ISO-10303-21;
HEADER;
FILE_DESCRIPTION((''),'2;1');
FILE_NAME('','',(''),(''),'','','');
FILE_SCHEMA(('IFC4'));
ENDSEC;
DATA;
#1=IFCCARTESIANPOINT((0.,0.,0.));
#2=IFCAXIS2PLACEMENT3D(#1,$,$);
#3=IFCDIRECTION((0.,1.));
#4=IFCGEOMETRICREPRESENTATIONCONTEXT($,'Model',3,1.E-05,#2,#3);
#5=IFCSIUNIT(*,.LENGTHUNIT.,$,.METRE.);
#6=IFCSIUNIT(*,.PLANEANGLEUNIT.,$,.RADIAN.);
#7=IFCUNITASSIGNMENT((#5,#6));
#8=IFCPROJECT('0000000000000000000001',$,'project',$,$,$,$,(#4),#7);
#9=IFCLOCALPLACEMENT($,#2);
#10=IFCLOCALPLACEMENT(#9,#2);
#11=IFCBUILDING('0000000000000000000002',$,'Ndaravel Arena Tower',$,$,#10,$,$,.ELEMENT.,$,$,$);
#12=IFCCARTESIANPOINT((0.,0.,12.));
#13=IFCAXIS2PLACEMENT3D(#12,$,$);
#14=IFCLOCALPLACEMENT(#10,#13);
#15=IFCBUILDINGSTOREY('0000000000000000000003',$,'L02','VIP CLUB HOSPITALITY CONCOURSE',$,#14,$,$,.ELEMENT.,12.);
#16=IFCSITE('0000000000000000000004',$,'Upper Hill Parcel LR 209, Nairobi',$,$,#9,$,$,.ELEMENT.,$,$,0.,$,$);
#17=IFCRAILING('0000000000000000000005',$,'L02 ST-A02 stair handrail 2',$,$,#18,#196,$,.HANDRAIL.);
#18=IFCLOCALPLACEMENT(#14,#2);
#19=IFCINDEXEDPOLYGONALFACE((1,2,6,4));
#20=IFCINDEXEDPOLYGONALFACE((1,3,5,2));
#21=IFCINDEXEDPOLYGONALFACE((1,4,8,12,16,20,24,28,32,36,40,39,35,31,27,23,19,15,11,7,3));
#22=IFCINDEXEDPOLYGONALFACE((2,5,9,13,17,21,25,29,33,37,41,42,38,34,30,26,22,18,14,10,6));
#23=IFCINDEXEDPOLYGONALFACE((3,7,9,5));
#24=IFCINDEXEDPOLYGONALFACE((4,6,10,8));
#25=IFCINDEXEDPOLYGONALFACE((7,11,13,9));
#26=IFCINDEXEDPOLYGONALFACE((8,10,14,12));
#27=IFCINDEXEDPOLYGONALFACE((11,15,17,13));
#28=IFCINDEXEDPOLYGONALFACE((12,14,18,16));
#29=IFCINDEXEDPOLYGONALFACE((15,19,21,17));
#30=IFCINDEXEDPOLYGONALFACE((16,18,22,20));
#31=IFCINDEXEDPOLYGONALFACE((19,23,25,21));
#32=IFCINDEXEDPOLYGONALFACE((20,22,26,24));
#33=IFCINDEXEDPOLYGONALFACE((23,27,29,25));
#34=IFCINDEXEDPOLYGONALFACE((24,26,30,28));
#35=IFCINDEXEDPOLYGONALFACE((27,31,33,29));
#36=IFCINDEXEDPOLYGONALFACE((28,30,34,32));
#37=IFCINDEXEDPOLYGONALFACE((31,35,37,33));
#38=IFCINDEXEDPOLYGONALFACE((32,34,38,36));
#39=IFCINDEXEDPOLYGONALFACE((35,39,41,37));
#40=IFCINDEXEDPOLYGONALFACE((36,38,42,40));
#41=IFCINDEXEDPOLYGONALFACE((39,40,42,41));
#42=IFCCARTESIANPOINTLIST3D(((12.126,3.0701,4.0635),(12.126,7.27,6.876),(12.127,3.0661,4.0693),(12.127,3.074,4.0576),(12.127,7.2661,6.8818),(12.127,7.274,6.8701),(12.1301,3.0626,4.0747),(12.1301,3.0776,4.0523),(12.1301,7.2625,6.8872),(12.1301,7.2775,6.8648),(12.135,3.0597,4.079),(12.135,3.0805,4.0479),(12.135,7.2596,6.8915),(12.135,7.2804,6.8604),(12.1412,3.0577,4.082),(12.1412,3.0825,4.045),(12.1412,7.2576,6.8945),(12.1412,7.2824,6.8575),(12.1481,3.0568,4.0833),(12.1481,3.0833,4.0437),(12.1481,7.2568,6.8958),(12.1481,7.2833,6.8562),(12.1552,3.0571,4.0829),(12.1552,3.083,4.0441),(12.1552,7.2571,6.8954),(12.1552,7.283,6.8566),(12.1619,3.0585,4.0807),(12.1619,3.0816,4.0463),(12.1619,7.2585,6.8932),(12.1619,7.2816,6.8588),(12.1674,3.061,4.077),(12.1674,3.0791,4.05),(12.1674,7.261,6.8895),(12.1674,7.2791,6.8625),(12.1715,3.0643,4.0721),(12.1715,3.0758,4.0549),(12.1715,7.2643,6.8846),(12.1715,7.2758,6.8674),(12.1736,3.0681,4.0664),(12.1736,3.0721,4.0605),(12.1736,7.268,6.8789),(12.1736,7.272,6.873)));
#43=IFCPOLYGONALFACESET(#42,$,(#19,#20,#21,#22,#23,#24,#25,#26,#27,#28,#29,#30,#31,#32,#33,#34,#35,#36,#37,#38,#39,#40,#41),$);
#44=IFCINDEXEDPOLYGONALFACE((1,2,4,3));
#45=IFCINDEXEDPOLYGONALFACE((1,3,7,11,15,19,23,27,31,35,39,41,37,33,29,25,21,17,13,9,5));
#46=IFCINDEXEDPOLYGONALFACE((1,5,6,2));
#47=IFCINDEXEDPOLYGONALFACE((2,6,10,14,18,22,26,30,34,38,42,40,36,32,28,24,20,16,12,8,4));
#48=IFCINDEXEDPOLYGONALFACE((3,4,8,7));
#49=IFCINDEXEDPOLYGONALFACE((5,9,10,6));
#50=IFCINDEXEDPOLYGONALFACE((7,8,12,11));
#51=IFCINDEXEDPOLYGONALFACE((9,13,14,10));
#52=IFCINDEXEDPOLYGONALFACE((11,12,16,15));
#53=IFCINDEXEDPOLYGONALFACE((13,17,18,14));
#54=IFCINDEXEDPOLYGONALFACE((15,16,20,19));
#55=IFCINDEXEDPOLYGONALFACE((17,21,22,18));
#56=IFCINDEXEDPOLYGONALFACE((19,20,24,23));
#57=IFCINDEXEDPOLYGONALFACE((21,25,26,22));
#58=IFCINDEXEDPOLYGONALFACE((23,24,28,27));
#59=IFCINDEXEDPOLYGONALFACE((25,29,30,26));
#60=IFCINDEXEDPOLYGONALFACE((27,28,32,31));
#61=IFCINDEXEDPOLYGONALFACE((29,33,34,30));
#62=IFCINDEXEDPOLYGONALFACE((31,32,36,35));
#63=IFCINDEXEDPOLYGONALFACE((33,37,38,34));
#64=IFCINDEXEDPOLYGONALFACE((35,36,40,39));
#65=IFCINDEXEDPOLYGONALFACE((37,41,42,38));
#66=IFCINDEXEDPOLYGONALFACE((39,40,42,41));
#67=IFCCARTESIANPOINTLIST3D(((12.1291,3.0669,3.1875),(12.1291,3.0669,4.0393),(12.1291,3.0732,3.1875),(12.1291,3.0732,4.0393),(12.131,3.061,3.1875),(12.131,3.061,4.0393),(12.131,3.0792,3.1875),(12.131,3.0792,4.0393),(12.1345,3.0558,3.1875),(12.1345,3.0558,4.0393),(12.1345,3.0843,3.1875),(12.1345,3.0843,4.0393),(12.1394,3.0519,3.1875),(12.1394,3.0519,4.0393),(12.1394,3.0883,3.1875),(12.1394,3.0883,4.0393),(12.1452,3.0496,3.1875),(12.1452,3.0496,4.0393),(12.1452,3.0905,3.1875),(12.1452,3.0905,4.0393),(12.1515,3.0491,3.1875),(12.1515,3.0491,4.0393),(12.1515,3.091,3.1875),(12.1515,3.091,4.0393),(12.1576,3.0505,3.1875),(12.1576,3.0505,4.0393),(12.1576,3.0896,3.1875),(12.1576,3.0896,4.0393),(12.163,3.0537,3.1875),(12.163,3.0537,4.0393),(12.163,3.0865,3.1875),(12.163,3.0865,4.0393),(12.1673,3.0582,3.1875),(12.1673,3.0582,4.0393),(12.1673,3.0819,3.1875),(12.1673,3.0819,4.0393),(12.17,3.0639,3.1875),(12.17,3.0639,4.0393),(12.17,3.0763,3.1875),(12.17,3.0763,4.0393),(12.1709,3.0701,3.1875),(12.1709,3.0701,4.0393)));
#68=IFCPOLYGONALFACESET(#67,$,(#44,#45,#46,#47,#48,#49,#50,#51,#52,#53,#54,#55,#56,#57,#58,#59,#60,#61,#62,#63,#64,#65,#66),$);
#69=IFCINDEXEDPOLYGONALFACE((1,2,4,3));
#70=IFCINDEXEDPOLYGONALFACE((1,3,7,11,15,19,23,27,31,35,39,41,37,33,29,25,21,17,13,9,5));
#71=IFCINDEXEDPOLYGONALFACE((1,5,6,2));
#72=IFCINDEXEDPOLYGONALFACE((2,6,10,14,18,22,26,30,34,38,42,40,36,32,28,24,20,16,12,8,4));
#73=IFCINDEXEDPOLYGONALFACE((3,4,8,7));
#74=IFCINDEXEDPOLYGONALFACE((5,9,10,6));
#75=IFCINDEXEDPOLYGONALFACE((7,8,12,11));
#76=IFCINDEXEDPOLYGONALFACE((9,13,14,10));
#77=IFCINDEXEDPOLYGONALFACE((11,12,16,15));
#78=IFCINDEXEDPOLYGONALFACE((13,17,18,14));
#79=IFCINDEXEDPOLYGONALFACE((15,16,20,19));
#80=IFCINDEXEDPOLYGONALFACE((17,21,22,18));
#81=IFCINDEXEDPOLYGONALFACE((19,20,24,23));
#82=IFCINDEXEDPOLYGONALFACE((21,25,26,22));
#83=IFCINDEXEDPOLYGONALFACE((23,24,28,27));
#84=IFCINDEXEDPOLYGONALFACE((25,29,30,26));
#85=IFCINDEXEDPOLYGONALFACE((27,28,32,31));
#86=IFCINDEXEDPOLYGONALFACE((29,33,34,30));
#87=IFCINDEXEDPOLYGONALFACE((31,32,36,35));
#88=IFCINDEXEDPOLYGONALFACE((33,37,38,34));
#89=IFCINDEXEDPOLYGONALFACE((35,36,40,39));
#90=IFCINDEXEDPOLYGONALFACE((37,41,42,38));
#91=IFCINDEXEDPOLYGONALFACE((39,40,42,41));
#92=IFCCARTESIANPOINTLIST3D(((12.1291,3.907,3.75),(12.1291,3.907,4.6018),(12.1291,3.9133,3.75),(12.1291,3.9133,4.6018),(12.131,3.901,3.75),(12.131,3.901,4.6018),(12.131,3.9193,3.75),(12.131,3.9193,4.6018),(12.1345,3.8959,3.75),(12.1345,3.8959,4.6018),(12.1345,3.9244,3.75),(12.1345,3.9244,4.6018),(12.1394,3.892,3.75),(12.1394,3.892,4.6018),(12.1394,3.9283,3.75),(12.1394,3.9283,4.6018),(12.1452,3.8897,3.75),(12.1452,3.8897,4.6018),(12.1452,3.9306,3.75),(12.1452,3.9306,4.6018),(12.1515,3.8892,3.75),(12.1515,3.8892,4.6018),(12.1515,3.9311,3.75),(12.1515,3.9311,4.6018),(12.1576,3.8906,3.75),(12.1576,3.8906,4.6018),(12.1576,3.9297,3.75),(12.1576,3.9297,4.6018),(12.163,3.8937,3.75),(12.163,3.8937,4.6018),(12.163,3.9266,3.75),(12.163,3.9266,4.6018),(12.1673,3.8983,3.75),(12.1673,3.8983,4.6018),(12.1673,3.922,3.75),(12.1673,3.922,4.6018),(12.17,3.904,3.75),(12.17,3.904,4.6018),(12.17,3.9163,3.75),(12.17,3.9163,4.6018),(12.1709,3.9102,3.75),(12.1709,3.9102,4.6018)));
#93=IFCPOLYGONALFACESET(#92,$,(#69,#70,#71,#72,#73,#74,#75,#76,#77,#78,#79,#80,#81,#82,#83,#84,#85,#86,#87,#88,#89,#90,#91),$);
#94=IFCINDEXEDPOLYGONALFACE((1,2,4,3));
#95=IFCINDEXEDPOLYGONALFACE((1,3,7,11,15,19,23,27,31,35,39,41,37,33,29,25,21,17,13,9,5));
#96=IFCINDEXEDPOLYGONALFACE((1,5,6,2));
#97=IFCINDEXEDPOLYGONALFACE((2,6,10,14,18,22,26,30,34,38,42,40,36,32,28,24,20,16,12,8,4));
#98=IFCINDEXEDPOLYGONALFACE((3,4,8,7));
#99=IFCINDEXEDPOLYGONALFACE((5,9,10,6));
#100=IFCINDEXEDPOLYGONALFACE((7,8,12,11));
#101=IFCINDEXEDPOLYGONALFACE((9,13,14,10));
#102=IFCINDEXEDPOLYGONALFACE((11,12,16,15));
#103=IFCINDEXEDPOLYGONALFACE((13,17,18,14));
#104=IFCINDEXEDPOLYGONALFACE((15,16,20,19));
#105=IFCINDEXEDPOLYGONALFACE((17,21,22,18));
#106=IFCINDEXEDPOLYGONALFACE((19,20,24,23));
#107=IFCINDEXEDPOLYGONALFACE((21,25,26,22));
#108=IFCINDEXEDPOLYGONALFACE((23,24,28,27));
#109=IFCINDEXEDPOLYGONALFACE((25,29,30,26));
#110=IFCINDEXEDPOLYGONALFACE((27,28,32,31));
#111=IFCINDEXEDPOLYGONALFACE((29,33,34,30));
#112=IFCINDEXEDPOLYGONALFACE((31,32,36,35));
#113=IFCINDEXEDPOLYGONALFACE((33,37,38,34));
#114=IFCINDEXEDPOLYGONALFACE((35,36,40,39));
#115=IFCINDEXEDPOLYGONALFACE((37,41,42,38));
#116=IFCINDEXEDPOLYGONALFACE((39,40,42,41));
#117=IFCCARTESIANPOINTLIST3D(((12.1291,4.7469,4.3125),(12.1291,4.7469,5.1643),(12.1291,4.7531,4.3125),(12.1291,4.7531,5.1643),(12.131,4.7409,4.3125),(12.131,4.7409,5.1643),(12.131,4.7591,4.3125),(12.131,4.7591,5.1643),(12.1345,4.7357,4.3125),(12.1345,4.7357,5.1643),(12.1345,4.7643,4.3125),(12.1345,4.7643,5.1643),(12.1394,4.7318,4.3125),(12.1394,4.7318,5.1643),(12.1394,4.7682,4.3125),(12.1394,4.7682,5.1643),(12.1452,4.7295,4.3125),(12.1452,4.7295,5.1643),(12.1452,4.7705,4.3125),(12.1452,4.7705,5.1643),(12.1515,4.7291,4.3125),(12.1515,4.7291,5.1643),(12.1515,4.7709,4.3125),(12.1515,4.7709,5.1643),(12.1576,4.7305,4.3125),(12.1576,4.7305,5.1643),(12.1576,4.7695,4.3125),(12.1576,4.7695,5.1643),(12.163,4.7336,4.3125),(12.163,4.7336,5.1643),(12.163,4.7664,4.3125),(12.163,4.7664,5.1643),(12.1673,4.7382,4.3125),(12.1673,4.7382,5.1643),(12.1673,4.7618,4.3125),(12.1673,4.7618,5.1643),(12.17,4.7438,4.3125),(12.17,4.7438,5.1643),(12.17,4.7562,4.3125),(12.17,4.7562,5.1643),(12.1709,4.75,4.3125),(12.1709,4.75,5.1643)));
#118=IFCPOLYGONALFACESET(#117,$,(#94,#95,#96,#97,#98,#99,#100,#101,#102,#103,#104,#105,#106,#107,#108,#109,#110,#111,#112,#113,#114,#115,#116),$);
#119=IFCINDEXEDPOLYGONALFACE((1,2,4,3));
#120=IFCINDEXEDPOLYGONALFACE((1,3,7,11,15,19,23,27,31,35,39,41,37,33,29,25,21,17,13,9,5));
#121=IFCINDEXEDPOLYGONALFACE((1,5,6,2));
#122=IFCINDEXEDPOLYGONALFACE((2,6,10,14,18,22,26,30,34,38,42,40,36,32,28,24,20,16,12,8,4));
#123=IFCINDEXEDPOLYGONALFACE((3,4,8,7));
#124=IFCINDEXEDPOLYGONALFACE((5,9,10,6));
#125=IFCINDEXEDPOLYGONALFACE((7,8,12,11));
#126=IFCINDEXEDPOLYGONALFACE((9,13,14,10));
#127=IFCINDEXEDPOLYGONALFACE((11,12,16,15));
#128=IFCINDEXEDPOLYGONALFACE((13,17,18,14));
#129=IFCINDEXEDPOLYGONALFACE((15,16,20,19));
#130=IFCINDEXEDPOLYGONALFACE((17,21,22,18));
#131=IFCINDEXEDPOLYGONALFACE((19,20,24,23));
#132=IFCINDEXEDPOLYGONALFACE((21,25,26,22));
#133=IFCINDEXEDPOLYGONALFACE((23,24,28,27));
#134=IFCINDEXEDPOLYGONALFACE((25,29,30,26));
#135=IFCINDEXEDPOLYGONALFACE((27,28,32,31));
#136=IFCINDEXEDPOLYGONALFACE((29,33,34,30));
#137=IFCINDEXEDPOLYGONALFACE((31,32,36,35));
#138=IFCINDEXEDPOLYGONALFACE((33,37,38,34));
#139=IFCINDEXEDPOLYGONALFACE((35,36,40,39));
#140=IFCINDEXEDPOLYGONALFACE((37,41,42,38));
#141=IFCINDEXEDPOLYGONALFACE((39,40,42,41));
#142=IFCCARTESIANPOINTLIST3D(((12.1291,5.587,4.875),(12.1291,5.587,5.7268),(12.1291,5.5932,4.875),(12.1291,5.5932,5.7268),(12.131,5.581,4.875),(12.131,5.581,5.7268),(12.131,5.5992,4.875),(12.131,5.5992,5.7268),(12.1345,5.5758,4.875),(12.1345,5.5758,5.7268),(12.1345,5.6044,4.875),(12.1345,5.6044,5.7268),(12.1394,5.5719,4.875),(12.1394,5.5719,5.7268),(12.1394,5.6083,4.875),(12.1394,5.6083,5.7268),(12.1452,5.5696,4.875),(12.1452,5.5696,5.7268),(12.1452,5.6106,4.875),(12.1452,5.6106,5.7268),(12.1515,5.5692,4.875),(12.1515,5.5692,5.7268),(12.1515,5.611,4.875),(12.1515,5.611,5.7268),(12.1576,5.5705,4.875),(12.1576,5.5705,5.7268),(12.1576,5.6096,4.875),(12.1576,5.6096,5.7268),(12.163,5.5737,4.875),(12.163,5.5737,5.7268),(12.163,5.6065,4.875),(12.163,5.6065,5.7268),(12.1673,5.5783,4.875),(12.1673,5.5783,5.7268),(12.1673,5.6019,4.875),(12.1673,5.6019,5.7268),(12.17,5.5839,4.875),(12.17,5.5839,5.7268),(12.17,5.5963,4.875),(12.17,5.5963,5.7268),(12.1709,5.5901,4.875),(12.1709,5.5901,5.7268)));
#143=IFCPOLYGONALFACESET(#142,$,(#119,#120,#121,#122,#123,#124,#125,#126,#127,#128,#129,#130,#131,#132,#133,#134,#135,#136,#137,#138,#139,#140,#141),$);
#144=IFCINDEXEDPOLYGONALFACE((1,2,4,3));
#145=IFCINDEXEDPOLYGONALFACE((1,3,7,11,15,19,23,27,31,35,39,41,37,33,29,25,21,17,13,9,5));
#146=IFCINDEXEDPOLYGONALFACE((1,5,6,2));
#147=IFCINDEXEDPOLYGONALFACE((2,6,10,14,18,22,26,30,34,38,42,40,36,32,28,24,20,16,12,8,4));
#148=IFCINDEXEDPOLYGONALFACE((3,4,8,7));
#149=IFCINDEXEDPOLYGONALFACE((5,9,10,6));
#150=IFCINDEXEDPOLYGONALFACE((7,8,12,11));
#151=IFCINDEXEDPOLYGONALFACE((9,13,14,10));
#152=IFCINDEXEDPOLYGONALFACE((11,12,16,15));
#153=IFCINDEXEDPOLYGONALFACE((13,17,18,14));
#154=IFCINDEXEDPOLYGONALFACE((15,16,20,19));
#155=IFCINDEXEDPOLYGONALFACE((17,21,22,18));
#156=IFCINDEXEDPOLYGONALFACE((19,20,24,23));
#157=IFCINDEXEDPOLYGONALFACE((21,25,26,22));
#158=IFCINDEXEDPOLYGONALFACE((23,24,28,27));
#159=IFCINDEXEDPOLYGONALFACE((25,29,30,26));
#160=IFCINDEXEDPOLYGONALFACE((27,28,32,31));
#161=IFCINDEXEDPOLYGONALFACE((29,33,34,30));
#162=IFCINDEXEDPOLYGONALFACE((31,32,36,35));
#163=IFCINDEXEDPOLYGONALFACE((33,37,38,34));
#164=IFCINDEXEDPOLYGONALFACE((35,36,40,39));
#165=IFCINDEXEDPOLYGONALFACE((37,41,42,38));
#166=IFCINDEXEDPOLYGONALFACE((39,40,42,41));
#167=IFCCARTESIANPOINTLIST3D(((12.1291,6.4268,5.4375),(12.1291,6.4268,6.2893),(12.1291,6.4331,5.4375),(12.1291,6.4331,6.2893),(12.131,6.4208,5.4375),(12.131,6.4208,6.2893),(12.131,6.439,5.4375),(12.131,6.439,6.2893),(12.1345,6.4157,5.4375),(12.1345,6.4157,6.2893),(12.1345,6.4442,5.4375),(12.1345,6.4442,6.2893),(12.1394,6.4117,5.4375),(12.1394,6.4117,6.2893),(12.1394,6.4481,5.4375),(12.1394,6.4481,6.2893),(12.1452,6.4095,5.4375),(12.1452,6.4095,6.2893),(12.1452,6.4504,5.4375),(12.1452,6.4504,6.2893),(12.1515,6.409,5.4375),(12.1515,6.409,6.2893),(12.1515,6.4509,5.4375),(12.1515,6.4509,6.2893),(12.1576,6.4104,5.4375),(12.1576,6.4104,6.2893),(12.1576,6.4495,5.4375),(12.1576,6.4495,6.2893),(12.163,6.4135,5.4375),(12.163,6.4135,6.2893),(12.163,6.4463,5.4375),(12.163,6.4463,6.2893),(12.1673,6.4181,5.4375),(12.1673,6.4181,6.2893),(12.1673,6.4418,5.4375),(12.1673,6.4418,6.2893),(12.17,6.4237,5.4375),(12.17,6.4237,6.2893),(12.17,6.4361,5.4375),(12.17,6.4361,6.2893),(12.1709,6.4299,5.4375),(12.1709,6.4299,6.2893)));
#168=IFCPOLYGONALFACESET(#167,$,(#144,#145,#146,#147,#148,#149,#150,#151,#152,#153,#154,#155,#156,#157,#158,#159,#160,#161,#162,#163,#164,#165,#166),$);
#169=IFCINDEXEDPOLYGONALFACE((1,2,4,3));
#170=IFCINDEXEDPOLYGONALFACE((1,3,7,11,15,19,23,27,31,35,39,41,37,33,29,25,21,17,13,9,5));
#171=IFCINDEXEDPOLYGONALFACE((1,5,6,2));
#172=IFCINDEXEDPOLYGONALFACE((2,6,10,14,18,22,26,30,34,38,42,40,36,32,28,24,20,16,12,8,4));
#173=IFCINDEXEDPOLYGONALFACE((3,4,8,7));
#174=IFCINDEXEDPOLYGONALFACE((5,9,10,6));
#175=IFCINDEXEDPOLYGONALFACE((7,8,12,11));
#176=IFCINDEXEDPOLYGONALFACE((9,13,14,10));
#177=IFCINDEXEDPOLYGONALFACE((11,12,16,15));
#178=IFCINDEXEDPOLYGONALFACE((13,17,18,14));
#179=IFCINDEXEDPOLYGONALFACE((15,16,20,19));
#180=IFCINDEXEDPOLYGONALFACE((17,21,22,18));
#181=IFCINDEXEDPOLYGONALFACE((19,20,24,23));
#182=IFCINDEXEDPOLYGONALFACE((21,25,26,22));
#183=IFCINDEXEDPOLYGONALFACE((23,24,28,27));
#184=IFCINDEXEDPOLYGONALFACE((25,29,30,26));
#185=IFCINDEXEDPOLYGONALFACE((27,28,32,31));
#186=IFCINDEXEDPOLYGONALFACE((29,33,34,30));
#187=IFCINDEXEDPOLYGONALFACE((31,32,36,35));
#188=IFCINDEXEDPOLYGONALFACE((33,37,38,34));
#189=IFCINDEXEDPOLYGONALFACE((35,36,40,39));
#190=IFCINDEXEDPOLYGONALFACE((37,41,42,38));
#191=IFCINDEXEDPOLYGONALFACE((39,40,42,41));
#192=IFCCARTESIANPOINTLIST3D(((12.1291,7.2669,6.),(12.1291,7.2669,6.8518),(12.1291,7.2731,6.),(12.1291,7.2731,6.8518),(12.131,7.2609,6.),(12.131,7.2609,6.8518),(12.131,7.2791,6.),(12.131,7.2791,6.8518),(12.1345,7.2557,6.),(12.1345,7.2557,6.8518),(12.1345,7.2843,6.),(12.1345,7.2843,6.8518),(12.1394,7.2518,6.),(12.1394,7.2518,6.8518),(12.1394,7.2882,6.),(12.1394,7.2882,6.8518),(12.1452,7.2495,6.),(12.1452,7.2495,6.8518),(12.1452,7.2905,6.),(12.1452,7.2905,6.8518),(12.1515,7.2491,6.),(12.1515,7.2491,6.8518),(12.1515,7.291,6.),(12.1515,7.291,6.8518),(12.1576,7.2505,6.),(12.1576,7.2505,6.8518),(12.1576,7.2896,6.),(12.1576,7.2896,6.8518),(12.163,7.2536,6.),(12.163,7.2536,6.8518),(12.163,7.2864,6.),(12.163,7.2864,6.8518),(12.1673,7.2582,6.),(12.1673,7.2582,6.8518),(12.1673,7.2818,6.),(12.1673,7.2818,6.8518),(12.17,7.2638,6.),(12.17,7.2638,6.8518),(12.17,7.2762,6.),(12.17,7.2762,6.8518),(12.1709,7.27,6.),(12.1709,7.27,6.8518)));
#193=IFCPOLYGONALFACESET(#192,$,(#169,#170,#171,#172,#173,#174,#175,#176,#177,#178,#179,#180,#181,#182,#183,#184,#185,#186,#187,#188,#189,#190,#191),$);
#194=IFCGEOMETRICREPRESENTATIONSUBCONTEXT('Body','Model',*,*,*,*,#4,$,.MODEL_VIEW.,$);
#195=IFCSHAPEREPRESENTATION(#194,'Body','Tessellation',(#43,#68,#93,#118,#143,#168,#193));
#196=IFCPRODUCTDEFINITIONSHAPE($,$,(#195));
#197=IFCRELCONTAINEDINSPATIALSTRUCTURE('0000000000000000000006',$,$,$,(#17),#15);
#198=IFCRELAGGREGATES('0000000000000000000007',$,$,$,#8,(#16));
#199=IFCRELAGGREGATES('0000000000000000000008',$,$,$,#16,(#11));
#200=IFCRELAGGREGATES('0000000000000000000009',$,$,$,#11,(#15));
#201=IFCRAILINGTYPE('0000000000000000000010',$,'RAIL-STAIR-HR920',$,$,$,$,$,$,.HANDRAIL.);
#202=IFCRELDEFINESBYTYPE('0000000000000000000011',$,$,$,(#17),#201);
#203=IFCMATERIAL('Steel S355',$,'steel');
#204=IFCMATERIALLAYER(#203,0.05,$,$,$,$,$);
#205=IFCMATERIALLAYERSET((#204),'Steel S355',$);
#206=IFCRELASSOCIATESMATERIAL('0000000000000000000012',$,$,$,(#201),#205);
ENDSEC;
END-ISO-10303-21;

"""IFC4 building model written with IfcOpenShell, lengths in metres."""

from ifc_helpers import new_model, si_unit, direction, frame, origin, origin_2d, place, context, subcontext, project, spatial, circle, extrude, material, layer, layer_set, type_object, element, save


model = new_model("IFC4")

# Units and contexts
model_context = context("Model", 3, precision=1e-05, world=origin(), true_north=direction((0.0, 1.0)))
body_context = subcontext(model_context, "Body", "Model", "MODEL_VIEW")
ifc_project = project(units=[si_unit("LENGTHUNIT", "METRE"), si_unit("PLANEANGLEUNIT", "RADIAN")], contexts=[model_context])

# Site, building, storey
site_placement = place(None, origin())
site = spatial("IfcSite", under=ifc_project, at=site_placement, Name="Upper Hill Parcel LR 209, Nairobi", CompositionType="ELEMENT", RefElevation=0.0)
building_placement = place(site_placement, origin())
building = spatial("IfcBuilding", under=site, at=building_placement, Name="Ndaravel Arena Tower", CompositionType="ELEMENT")
storey_placement = place(building_placement, frame((0.0, 0.0, 12.0)))
storey = spatial("IfcBuildingStorey", under=building, at=storey_placement, Name="L02", Description="VIP CLUB HOSPITALITY CONCOURSE", CompositionType="ELEMENT", Elevation=12.0)

# Railing
ifc_material_1 = material(Name="Steel S355", Category="steel")
ifc_layer_1 = layer(ifc_material_1, 0.05)
ifc_layer_set_1 = layer_set([ifc_layer_1], Name="Steel S355")
railing_type_1 = type_object("IfcRailingType", Name="RAIL-STAIR-HR920", PredefinedType="HANDRAIL", material=ifc_layer_set_1)
railing_1_placement = place(storey_placement, frame((12.1499, 3.0701, 3.1875)))
element("IfcRailing", 1, at=railing_1_placement, inside=storey, type_object=railing_type_1, Name="L02 ST-A02 stair handrail 2", PredefinedType="HANDRAIL", context=body_context, shape_type="SweptSolid", body=[
    extrude(circle(Radius=0.0239, at=origin_2d()), frame((0.0, 0.0, 0.876), z_axis=(0.0, 0.830904, 0.556416), x_axis=(-1.0, 0.0, 0.0)), (0.0, 0.0, 1.0), 5.0547),
    extrude(circle(Radius=0.021, at=origin_2d()), origin(), (0.0, 0.0, 1.0), 0.8518),
    extrude(circle(Radius=0.021, at=origin_2d()), frame((0.0, 0.8401, 0.5625)), (0.0, 0.0, 1.0), 0.8518),
    extrude(circle(Radius=0.021, at=origin_2d()), frame((0.0, 1.6799, 1.125)), (0.0, 0.0, 1.0), 0.8518),
    extrude(circle(Radius=0.021, at=origin_2d()), frame((0.0, 2.52, 1.6875)), (0.0, 0.0, 1.0), 0.8518),
    extrude(circle(Radius=0.021, at=origin_2d()), frame((0.0, 3.3599, 2.25)), (0.0, 0.0, 1.0), 0.8518),
    extrude(circle(Radius=0.021, at=origin_2d()), frame((0.0, 4.2, 2.8125)), (0.0, 0.0, 1.0), 0.8518),
])

save(model, "model.ifc")
